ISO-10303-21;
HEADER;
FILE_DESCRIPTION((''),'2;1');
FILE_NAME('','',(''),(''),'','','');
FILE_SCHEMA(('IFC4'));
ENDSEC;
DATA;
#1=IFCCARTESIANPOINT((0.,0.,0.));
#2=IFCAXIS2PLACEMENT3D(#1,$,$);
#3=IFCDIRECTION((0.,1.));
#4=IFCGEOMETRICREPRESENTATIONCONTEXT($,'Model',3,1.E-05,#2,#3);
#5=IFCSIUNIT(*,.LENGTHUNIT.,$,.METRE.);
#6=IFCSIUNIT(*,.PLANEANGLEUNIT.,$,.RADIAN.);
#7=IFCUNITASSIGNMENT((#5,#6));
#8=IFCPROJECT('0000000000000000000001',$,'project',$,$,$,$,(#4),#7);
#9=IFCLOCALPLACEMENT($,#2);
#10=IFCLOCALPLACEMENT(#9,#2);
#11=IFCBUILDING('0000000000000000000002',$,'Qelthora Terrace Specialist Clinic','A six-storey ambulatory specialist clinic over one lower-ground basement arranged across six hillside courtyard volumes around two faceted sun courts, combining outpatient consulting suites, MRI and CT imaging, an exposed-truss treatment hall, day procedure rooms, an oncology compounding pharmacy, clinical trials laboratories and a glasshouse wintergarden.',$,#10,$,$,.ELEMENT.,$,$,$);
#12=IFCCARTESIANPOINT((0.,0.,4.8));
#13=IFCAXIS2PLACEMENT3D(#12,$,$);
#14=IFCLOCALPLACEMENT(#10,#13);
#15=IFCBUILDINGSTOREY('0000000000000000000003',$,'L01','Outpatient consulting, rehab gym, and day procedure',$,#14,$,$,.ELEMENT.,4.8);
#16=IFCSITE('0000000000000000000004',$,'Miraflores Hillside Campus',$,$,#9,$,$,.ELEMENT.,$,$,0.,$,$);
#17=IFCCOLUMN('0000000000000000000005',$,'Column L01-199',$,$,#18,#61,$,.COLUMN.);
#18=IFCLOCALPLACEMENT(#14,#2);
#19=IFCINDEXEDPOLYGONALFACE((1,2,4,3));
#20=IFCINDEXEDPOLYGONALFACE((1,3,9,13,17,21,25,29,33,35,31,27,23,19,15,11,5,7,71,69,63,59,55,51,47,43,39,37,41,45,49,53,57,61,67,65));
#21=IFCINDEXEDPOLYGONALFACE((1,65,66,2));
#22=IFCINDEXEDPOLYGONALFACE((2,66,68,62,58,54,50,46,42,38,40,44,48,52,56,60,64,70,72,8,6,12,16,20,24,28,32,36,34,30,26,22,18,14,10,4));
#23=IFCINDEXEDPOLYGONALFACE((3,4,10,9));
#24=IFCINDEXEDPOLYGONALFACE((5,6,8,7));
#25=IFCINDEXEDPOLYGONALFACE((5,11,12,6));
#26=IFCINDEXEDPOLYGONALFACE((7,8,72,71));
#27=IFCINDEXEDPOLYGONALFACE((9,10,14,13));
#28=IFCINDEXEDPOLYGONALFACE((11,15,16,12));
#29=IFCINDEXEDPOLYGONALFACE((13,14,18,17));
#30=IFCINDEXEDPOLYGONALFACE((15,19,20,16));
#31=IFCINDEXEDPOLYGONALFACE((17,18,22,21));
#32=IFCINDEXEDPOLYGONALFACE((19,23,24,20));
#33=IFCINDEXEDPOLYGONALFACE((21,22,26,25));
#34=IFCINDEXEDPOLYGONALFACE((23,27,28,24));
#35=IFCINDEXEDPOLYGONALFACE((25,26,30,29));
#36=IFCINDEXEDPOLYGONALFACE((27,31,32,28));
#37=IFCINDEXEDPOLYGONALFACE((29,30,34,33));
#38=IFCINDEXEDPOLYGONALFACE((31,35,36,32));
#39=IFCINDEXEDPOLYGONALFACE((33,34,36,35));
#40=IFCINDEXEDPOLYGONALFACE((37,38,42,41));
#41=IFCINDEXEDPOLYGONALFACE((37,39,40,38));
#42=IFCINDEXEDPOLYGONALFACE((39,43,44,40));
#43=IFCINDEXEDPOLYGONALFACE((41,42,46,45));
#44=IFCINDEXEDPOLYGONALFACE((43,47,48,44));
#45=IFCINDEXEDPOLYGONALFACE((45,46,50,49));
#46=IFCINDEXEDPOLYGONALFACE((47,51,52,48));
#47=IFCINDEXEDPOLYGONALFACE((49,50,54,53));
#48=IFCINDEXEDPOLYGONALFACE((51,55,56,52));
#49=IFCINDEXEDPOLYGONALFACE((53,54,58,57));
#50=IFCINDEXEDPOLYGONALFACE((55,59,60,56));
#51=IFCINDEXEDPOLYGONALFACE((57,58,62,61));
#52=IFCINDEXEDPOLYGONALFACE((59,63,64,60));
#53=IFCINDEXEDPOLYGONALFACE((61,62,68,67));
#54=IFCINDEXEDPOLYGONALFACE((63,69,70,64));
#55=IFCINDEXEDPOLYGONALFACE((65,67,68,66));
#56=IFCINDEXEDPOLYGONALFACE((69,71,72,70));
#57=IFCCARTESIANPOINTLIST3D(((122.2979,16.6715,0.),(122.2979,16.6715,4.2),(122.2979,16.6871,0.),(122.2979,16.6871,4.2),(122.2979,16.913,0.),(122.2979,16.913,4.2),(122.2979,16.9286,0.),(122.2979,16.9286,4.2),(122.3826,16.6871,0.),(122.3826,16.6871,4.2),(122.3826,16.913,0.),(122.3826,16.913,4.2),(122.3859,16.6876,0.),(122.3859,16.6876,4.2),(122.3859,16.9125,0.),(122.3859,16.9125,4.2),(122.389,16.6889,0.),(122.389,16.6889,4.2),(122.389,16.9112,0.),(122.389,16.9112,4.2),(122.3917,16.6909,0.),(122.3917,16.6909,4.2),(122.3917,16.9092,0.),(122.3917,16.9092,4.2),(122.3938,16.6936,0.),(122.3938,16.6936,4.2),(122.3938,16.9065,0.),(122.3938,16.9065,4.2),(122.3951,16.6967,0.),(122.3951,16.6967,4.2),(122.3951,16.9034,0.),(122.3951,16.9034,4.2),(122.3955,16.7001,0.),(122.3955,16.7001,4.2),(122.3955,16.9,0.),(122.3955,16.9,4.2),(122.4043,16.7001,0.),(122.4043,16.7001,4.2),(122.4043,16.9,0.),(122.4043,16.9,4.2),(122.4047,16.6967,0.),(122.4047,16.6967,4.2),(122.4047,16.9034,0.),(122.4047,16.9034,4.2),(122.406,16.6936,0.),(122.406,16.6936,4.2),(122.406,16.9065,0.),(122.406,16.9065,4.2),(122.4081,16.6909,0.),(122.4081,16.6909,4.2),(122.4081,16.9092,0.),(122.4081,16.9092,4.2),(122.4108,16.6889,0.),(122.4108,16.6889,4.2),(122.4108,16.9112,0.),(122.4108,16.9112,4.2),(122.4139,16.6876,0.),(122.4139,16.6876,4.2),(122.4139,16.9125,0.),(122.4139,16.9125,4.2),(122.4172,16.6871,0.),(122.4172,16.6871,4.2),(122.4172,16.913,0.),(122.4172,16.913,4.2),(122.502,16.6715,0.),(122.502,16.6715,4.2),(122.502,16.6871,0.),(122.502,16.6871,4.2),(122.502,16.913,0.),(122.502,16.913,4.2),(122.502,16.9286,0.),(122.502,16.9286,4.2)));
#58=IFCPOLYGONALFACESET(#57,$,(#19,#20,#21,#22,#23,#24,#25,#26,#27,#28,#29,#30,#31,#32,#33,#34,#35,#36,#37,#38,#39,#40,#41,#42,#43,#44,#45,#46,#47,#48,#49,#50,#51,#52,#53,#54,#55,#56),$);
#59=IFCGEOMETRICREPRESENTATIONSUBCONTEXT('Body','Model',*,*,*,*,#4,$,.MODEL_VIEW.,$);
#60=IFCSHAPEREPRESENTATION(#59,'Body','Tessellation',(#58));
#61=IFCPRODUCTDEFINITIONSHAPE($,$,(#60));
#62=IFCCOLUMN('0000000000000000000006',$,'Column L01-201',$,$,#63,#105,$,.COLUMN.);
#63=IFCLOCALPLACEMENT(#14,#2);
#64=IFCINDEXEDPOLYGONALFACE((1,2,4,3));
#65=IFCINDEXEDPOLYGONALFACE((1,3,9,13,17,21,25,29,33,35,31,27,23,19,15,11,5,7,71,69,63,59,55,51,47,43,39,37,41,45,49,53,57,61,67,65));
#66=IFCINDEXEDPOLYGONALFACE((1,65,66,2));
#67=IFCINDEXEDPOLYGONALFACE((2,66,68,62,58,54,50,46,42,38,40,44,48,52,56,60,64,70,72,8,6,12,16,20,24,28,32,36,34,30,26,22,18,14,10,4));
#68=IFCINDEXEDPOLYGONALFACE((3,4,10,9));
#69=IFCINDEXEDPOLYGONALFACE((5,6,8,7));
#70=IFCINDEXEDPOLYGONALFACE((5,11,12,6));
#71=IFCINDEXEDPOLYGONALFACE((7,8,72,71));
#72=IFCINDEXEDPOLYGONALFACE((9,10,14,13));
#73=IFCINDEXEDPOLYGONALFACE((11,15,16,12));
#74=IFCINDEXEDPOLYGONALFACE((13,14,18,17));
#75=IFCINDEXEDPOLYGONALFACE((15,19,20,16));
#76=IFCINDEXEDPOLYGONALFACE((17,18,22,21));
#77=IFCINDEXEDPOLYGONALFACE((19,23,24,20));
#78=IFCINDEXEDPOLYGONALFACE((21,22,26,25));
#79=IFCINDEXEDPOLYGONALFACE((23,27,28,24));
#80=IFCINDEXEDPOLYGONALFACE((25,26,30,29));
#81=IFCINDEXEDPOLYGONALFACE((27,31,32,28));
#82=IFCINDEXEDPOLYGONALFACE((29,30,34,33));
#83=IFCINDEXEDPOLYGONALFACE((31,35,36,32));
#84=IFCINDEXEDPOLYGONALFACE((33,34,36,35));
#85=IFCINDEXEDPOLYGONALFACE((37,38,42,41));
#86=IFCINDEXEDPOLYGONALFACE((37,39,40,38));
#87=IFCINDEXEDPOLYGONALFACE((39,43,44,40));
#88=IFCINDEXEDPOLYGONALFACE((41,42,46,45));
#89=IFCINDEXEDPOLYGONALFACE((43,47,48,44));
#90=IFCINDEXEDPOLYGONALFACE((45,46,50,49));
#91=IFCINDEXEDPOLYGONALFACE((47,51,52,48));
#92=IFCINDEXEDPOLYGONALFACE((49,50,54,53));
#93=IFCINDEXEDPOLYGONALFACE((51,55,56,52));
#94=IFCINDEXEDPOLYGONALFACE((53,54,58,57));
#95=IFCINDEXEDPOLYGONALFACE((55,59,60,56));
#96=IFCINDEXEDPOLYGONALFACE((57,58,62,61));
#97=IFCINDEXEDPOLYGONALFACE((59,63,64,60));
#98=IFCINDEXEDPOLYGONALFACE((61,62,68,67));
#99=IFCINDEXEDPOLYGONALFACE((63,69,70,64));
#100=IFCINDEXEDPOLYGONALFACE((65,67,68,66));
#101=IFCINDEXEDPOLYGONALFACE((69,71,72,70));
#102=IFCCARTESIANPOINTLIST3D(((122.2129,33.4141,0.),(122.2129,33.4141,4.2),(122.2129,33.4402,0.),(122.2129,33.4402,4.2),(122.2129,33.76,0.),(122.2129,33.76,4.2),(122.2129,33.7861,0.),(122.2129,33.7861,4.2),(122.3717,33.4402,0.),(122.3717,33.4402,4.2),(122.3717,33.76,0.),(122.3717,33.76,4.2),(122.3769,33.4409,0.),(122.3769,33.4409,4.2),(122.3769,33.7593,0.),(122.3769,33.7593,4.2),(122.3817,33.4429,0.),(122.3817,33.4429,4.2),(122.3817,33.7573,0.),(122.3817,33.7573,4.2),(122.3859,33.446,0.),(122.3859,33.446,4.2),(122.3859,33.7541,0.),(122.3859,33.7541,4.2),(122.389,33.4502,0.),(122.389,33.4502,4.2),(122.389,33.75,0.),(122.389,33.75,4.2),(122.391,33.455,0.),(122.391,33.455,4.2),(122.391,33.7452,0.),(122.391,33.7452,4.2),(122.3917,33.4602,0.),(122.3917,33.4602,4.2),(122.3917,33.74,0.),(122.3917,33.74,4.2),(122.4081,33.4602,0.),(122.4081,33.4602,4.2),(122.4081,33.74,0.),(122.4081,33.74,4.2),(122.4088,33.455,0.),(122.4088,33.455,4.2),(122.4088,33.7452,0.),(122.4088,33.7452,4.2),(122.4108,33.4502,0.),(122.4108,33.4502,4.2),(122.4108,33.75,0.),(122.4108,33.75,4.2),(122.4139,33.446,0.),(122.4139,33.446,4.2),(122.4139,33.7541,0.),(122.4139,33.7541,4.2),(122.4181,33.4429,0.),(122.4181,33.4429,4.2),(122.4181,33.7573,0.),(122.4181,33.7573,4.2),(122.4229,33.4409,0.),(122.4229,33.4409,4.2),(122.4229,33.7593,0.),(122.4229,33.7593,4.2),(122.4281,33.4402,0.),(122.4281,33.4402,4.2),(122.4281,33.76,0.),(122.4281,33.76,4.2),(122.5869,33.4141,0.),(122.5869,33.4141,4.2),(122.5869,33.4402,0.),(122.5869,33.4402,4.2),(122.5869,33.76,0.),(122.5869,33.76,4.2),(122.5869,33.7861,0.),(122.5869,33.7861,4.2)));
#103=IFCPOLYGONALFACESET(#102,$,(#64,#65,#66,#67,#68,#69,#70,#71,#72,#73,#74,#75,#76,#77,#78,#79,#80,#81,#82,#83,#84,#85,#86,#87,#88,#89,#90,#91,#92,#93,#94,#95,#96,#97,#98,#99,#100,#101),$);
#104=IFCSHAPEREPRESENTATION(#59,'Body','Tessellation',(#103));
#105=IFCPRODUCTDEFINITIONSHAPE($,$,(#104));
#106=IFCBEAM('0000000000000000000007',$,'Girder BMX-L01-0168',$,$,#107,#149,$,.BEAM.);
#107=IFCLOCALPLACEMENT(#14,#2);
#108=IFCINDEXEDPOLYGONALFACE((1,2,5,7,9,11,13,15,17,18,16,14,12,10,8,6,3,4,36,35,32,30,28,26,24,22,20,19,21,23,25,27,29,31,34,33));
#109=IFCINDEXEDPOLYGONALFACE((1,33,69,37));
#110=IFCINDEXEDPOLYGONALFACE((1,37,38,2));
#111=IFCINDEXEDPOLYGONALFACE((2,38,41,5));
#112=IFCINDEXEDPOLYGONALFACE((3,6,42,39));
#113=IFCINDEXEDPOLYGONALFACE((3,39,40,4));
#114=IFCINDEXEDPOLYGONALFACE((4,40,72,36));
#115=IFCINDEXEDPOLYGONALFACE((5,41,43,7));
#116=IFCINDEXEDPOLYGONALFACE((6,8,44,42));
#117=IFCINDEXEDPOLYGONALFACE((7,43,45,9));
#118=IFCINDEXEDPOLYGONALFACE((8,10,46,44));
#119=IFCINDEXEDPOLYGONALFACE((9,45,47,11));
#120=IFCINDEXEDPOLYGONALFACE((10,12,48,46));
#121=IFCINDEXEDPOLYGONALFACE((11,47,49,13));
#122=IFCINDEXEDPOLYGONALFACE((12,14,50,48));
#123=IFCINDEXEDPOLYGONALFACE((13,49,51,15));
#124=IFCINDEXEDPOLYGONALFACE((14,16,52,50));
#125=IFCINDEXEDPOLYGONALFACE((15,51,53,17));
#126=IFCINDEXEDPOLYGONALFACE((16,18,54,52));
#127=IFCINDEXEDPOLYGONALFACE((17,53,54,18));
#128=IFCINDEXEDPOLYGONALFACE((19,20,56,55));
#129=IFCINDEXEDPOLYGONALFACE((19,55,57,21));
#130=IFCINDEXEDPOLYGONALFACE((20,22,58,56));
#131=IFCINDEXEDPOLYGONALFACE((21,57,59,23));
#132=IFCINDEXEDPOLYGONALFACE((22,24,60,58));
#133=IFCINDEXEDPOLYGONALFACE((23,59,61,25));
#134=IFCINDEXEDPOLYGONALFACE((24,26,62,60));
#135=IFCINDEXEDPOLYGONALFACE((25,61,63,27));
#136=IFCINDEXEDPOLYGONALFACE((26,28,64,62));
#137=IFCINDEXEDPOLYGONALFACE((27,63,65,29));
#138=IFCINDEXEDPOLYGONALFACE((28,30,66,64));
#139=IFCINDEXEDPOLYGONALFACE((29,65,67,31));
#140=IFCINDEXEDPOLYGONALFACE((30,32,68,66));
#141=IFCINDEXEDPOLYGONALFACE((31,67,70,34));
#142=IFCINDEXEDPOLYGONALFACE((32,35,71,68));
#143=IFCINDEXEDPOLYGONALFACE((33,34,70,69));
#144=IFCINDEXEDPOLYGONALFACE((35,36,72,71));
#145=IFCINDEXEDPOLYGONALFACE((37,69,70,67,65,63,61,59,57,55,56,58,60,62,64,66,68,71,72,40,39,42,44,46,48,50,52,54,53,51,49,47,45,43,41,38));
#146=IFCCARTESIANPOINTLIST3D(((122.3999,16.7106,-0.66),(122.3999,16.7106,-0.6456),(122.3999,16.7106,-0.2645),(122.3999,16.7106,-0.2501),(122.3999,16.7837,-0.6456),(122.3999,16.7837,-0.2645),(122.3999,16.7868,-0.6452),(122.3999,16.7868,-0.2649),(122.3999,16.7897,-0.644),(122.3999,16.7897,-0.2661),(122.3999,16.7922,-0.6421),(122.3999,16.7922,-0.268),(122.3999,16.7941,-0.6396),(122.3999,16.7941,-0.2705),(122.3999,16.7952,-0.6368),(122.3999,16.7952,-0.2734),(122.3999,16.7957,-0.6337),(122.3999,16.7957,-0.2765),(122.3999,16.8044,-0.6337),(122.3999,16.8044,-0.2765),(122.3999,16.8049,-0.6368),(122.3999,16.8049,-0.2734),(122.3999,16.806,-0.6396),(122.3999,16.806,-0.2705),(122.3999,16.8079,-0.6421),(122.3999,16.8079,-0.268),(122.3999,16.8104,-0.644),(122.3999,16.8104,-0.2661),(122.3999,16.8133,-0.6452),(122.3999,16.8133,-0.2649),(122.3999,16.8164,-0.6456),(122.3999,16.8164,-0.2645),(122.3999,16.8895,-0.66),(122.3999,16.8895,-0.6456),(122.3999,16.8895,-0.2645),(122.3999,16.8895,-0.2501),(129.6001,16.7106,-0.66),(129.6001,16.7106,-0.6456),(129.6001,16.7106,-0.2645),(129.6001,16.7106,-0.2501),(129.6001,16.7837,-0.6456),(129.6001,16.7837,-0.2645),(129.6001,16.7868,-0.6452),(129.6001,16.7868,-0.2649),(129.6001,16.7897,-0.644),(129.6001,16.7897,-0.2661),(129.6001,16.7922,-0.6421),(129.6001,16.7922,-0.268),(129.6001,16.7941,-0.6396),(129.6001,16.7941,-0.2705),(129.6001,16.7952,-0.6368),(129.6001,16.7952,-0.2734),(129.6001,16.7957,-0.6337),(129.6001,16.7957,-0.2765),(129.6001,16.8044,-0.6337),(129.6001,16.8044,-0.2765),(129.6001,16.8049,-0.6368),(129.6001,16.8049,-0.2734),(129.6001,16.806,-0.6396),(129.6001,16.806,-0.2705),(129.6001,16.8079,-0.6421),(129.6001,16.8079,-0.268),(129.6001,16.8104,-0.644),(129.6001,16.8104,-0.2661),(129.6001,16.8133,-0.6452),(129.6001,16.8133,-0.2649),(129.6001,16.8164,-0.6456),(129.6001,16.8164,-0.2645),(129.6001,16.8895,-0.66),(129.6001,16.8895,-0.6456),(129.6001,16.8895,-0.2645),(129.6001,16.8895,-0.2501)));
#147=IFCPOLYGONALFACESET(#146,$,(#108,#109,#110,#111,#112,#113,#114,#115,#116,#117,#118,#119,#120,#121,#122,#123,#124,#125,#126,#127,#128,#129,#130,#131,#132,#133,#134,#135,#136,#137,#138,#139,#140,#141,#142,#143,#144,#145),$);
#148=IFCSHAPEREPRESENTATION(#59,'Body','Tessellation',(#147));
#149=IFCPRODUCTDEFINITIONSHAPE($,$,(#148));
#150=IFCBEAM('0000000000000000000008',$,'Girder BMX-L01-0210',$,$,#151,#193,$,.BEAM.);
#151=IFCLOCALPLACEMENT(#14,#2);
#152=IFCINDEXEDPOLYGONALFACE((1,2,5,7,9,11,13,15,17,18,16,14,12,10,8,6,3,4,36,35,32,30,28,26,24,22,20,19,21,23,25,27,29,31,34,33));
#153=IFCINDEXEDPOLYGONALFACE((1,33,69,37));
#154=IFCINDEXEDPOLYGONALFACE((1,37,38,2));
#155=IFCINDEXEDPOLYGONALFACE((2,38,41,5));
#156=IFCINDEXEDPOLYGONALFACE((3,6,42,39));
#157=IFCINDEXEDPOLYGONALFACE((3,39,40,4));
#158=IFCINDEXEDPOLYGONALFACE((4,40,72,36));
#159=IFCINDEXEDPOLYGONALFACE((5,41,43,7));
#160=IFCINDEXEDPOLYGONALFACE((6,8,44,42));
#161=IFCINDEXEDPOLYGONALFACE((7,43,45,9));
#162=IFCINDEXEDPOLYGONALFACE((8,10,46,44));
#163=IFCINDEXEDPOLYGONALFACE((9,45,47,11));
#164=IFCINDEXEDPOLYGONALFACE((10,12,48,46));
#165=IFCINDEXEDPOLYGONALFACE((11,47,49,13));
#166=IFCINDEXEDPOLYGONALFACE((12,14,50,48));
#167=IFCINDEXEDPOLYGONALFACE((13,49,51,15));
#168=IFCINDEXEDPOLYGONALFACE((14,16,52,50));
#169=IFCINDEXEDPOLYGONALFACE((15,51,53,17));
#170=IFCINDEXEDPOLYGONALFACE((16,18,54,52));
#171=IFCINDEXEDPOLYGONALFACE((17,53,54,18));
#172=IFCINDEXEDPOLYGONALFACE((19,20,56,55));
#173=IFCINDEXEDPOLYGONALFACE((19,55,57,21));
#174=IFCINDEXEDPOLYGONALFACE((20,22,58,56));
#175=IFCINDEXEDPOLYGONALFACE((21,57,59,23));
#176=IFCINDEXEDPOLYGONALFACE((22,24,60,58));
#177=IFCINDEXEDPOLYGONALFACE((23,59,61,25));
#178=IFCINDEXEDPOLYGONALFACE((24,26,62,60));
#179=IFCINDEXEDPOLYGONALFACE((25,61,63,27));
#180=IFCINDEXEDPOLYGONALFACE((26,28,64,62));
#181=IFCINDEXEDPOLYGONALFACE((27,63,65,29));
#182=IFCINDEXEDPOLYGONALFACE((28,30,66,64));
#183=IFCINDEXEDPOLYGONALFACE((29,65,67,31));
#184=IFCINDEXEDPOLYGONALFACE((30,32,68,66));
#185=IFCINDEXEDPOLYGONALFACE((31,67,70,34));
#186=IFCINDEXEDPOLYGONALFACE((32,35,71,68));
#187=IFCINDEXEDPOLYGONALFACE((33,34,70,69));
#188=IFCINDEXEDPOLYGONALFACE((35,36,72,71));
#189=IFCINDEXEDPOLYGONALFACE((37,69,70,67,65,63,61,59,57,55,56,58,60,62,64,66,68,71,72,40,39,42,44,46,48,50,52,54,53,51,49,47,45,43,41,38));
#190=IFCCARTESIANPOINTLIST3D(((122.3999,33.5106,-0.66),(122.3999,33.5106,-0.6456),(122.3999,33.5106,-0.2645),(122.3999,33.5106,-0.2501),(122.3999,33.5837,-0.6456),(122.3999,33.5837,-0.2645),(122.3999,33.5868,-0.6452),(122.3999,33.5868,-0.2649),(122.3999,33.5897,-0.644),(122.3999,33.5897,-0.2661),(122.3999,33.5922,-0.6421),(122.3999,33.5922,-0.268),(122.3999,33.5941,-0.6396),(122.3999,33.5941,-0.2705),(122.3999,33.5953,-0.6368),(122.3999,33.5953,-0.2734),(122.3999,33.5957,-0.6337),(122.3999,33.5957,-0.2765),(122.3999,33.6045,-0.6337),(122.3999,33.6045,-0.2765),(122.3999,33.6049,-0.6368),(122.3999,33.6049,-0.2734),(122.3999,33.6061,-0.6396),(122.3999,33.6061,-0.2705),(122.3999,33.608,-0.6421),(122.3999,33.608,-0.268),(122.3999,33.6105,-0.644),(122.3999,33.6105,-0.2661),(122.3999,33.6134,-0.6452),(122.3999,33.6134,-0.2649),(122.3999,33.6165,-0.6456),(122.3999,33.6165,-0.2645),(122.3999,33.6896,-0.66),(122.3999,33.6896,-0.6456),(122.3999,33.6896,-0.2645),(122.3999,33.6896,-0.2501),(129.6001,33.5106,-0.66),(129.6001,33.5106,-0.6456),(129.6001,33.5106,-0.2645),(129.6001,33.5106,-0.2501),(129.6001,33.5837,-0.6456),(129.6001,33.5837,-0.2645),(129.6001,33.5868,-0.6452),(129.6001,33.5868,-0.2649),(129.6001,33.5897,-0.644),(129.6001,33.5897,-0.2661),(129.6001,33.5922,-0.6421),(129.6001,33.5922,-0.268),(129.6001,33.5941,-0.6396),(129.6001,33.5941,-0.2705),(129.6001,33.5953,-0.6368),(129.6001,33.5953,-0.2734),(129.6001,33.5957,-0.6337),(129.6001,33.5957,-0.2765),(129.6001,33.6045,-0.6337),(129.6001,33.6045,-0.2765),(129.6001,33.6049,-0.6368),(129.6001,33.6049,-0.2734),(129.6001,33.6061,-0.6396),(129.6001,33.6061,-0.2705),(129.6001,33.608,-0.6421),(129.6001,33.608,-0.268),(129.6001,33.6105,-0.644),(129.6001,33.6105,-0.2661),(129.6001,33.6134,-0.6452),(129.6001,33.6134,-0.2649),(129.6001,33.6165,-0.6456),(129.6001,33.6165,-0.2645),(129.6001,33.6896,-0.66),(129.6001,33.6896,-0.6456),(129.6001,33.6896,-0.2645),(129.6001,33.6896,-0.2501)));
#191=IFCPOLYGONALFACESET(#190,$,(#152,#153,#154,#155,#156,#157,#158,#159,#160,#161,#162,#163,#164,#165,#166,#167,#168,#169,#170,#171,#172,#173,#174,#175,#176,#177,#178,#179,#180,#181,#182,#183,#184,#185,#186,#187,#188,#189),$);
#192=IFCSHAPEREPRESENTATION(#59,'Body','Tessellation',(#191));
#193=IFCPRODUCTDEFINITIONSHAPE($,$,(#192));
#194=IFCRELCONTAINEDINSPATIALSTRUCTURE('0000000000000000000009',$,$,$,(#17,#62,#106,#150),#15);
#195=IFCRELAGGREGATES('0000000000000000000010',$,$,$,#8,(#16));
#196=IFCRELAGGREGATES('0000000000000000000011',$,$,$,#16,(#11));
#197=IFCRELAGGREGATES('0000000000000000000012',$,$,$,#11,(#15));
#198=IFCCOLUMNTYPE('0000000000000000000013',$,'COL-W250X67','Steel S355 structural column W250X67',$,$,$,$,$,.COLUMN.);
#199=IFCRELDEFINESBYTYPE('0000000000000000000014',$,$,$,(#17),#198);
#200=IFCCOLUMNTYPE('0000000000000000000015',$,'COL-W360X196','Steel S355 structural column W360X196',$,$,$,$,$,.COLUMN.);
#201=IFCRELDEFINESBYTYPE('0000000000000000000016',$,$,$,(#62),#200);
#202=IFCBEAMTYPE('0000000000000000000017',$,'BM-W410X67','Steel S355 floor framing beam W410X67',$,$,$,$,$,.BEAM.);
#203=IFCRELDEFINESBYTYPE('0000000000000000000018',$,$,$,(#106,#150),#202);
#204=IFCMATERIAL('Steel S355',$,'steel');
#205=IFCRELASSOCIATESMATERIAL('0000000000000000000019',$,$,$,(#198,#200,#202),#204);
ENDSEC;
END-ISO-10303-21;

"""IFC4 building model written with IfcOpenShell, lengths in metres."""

from ifc_helpers import new_model, si_unit, direction, frame, origin, origin_2d, place, context, subcontext, project, spatial, i_section, extrude, material, material_profile, profile_set, type_object, element, save


model = new_model("IFC4")

# Units and contexts
model_context = context("Model", 3, precision=1e-05, world=origin(), true_north=direction((0.0, 1.0)))
body_context = subcontext(model_context, "Body", "Model", "MODEL_VIEW")
ifc_project = project(units=[si_unit("LENGTHUNIT", "METRE"), si_unit("PLANEANGLEUNIT", "RADIAN")], contexts=[model_context])

# Site, building, storey
site_placement = place(None, origin())
site = spatial("IfcSite", under=ifc_project, at=site_placement, Name="Miraflores Hillside Campus", CompositionType="ELEMENT", RefElevation=0.0)
building_placement = place(site_placement, origin())
building = spatial("IfcBuilding", under=site, at=building_placement, Name="Qelthora Terrace Specialist Clinic", Description="A six-storey ambulatory specialist clinic over one lower-ground basement arranged across six hillside courtyard volumes around two faceted sun courts, combining outpatient consulting suites, MRI and CT imaging, an exposed-truss treatment hall, day procedure rooms, an oncology compounding pharmacy, clinical trials laboratories and a glasshouse wintergarden.", CompositionType="ELEMENT")
storey_placement = place(building_placement, frame((0.0, 0.0, 4.8)))
storey = spatial("IfcBuildingStorey", under=building, at=storey_placement, Name="L01", Description="Outpatient consulting, rehab gym, and day procedure", CompositionType="ELEMENT", Elevation=4.8)

# Columns
ifc_material_1 = material(Name="Steel S355", Category="steel")
ifc_material_profile_1 = material_profile(ifc_material_1, i_section(OverallWidth=0.2041, OverallDepth=0.2571, WebThickness=0.0088, FlangeThickness=0.0156, FilletRadius=0.0129, at=origin_2d()), Name="W250X67")
ifc_profile_set_1 = profile_set([ifc_material_profile_1], Name="Steel S355")
column_type_1 = type_object("IfcColumnType", Name="COL-W250X67", Description="Steel S355 structural column W250X67", PredefinedType="COLUMN", material=ifc_profile_set_1)
column_1_placement = place(storey_placement, frame((122.3999, 16.8, 0.0), z_axis=(0.0, 0.0, 1.0), x_axis=(1.0, 0.0, 0.0)))
element("IfcColumn", 1, at=column_1_placement, inside=storey, type_object=column_type_1, Name="Column L01-199", PredefinedType="COLUMN", context=body_context, shape_type="SweptSolid", body=[
    extrude(i_section(OverallWidth=0.2041, OverallDepth=0.2571, WebThickness=0.0088, FlangeThickness=0.0156, FilletRadius=0.0129, at=origin_2d()), origin(), (0.0, 0.0, 1.0), 4.2),
])
ifc_material_profile_2 = material_profile(ifc_material_1, i_section(OverallWidth=0.374, OverallDepth=0.3721, WebThickness=0.0164, FlangeThickness=0.0261, FilletRadius=0.02, at=origin_2d()), Name="W360X196")
ifc_profile_set_2 = profile_set([ifc_material_profile_2], Name="Steel S355")
column_type_2 = type_object("IfcColumnType", Name="COL-W360X196", Description="Steel S355 structural column W360X196", PredefinedType="COLUMN", material=ifc_profile_set_2)
column_2_placement = place(storey_placement, frame((122.3999, 33.6001, 0.0), z_axis=(0.0, 0.0, 1.0), x_axis=(1.0, 0.0, 0.0)))
element("IfcColumn", 2, at=column_2_placement, inside=storey, type_object=column_type_2, Name="Column L01-201", PredefinedType="COLUMN", context=body_context, shape_type="SweptSolid", body=[
    extrude(i_section(OverallWidth=0.374, OverallDepth=0.3721, WebThickness=0.0164, FlangeThickness=0.0261, FilletRadius=0.02, at=origin_2d()), origin(), (0.0, 0.0, 1.0), 4.2),
])

# Beams
ifc_material_profile_3 = material_profile(ifc_material_1, i_section(OverallWidth=0.179, OverallDepth=0.4099, WebThickness=0.0088, FlangeThickness=0.0144, FilletRadius=0.012, at=origin_2d()), Name="W410X67")
ifc_profile_set_3 = profile_set([ifc_material_profile_3], Name="Steel S355")
beam_type_1 = type_object("IfcBeamType", Name="BM-W410X67", Description="Steel S355 floor framing beam W410X67", PredefinedType="BEAM", material=ifc_profile_set_3)
for number, where, z_axis, x_axis, name in (
    (3, (122.3999, 16.8, -0.4551), (1.0, 0.0, 0.0), (0.0, 1.0, 0.0), "Girder BMX-L01-0168"),
    (4, (122.3999, 33.6001, -0.4551), (1.0, 0.0, 0.0), (0.0, 1.0, 0.0), "Girder BMX-L01-0210"),
):
    element("IfcBeam", number, at=place(storey_placement, frame(where, z_axis=z_axis, x_axis=x_axis)), inside=storey, type_object=beam_type_1, Name=name, PredefinedType="BEAM", context=body_context, shape_type="SweptSolid", body=[
        extrude(i_section(OverallWidth=0.179, OverallDepth=0.4099, WebThickness=0.0088, FlangeThickness=0.0144, FilletRadius=0.012, at=origin_2d()), origin(), (0.0, 0.0, 1.0), 7.2002),
    ])

save(model, "model.ifc")
